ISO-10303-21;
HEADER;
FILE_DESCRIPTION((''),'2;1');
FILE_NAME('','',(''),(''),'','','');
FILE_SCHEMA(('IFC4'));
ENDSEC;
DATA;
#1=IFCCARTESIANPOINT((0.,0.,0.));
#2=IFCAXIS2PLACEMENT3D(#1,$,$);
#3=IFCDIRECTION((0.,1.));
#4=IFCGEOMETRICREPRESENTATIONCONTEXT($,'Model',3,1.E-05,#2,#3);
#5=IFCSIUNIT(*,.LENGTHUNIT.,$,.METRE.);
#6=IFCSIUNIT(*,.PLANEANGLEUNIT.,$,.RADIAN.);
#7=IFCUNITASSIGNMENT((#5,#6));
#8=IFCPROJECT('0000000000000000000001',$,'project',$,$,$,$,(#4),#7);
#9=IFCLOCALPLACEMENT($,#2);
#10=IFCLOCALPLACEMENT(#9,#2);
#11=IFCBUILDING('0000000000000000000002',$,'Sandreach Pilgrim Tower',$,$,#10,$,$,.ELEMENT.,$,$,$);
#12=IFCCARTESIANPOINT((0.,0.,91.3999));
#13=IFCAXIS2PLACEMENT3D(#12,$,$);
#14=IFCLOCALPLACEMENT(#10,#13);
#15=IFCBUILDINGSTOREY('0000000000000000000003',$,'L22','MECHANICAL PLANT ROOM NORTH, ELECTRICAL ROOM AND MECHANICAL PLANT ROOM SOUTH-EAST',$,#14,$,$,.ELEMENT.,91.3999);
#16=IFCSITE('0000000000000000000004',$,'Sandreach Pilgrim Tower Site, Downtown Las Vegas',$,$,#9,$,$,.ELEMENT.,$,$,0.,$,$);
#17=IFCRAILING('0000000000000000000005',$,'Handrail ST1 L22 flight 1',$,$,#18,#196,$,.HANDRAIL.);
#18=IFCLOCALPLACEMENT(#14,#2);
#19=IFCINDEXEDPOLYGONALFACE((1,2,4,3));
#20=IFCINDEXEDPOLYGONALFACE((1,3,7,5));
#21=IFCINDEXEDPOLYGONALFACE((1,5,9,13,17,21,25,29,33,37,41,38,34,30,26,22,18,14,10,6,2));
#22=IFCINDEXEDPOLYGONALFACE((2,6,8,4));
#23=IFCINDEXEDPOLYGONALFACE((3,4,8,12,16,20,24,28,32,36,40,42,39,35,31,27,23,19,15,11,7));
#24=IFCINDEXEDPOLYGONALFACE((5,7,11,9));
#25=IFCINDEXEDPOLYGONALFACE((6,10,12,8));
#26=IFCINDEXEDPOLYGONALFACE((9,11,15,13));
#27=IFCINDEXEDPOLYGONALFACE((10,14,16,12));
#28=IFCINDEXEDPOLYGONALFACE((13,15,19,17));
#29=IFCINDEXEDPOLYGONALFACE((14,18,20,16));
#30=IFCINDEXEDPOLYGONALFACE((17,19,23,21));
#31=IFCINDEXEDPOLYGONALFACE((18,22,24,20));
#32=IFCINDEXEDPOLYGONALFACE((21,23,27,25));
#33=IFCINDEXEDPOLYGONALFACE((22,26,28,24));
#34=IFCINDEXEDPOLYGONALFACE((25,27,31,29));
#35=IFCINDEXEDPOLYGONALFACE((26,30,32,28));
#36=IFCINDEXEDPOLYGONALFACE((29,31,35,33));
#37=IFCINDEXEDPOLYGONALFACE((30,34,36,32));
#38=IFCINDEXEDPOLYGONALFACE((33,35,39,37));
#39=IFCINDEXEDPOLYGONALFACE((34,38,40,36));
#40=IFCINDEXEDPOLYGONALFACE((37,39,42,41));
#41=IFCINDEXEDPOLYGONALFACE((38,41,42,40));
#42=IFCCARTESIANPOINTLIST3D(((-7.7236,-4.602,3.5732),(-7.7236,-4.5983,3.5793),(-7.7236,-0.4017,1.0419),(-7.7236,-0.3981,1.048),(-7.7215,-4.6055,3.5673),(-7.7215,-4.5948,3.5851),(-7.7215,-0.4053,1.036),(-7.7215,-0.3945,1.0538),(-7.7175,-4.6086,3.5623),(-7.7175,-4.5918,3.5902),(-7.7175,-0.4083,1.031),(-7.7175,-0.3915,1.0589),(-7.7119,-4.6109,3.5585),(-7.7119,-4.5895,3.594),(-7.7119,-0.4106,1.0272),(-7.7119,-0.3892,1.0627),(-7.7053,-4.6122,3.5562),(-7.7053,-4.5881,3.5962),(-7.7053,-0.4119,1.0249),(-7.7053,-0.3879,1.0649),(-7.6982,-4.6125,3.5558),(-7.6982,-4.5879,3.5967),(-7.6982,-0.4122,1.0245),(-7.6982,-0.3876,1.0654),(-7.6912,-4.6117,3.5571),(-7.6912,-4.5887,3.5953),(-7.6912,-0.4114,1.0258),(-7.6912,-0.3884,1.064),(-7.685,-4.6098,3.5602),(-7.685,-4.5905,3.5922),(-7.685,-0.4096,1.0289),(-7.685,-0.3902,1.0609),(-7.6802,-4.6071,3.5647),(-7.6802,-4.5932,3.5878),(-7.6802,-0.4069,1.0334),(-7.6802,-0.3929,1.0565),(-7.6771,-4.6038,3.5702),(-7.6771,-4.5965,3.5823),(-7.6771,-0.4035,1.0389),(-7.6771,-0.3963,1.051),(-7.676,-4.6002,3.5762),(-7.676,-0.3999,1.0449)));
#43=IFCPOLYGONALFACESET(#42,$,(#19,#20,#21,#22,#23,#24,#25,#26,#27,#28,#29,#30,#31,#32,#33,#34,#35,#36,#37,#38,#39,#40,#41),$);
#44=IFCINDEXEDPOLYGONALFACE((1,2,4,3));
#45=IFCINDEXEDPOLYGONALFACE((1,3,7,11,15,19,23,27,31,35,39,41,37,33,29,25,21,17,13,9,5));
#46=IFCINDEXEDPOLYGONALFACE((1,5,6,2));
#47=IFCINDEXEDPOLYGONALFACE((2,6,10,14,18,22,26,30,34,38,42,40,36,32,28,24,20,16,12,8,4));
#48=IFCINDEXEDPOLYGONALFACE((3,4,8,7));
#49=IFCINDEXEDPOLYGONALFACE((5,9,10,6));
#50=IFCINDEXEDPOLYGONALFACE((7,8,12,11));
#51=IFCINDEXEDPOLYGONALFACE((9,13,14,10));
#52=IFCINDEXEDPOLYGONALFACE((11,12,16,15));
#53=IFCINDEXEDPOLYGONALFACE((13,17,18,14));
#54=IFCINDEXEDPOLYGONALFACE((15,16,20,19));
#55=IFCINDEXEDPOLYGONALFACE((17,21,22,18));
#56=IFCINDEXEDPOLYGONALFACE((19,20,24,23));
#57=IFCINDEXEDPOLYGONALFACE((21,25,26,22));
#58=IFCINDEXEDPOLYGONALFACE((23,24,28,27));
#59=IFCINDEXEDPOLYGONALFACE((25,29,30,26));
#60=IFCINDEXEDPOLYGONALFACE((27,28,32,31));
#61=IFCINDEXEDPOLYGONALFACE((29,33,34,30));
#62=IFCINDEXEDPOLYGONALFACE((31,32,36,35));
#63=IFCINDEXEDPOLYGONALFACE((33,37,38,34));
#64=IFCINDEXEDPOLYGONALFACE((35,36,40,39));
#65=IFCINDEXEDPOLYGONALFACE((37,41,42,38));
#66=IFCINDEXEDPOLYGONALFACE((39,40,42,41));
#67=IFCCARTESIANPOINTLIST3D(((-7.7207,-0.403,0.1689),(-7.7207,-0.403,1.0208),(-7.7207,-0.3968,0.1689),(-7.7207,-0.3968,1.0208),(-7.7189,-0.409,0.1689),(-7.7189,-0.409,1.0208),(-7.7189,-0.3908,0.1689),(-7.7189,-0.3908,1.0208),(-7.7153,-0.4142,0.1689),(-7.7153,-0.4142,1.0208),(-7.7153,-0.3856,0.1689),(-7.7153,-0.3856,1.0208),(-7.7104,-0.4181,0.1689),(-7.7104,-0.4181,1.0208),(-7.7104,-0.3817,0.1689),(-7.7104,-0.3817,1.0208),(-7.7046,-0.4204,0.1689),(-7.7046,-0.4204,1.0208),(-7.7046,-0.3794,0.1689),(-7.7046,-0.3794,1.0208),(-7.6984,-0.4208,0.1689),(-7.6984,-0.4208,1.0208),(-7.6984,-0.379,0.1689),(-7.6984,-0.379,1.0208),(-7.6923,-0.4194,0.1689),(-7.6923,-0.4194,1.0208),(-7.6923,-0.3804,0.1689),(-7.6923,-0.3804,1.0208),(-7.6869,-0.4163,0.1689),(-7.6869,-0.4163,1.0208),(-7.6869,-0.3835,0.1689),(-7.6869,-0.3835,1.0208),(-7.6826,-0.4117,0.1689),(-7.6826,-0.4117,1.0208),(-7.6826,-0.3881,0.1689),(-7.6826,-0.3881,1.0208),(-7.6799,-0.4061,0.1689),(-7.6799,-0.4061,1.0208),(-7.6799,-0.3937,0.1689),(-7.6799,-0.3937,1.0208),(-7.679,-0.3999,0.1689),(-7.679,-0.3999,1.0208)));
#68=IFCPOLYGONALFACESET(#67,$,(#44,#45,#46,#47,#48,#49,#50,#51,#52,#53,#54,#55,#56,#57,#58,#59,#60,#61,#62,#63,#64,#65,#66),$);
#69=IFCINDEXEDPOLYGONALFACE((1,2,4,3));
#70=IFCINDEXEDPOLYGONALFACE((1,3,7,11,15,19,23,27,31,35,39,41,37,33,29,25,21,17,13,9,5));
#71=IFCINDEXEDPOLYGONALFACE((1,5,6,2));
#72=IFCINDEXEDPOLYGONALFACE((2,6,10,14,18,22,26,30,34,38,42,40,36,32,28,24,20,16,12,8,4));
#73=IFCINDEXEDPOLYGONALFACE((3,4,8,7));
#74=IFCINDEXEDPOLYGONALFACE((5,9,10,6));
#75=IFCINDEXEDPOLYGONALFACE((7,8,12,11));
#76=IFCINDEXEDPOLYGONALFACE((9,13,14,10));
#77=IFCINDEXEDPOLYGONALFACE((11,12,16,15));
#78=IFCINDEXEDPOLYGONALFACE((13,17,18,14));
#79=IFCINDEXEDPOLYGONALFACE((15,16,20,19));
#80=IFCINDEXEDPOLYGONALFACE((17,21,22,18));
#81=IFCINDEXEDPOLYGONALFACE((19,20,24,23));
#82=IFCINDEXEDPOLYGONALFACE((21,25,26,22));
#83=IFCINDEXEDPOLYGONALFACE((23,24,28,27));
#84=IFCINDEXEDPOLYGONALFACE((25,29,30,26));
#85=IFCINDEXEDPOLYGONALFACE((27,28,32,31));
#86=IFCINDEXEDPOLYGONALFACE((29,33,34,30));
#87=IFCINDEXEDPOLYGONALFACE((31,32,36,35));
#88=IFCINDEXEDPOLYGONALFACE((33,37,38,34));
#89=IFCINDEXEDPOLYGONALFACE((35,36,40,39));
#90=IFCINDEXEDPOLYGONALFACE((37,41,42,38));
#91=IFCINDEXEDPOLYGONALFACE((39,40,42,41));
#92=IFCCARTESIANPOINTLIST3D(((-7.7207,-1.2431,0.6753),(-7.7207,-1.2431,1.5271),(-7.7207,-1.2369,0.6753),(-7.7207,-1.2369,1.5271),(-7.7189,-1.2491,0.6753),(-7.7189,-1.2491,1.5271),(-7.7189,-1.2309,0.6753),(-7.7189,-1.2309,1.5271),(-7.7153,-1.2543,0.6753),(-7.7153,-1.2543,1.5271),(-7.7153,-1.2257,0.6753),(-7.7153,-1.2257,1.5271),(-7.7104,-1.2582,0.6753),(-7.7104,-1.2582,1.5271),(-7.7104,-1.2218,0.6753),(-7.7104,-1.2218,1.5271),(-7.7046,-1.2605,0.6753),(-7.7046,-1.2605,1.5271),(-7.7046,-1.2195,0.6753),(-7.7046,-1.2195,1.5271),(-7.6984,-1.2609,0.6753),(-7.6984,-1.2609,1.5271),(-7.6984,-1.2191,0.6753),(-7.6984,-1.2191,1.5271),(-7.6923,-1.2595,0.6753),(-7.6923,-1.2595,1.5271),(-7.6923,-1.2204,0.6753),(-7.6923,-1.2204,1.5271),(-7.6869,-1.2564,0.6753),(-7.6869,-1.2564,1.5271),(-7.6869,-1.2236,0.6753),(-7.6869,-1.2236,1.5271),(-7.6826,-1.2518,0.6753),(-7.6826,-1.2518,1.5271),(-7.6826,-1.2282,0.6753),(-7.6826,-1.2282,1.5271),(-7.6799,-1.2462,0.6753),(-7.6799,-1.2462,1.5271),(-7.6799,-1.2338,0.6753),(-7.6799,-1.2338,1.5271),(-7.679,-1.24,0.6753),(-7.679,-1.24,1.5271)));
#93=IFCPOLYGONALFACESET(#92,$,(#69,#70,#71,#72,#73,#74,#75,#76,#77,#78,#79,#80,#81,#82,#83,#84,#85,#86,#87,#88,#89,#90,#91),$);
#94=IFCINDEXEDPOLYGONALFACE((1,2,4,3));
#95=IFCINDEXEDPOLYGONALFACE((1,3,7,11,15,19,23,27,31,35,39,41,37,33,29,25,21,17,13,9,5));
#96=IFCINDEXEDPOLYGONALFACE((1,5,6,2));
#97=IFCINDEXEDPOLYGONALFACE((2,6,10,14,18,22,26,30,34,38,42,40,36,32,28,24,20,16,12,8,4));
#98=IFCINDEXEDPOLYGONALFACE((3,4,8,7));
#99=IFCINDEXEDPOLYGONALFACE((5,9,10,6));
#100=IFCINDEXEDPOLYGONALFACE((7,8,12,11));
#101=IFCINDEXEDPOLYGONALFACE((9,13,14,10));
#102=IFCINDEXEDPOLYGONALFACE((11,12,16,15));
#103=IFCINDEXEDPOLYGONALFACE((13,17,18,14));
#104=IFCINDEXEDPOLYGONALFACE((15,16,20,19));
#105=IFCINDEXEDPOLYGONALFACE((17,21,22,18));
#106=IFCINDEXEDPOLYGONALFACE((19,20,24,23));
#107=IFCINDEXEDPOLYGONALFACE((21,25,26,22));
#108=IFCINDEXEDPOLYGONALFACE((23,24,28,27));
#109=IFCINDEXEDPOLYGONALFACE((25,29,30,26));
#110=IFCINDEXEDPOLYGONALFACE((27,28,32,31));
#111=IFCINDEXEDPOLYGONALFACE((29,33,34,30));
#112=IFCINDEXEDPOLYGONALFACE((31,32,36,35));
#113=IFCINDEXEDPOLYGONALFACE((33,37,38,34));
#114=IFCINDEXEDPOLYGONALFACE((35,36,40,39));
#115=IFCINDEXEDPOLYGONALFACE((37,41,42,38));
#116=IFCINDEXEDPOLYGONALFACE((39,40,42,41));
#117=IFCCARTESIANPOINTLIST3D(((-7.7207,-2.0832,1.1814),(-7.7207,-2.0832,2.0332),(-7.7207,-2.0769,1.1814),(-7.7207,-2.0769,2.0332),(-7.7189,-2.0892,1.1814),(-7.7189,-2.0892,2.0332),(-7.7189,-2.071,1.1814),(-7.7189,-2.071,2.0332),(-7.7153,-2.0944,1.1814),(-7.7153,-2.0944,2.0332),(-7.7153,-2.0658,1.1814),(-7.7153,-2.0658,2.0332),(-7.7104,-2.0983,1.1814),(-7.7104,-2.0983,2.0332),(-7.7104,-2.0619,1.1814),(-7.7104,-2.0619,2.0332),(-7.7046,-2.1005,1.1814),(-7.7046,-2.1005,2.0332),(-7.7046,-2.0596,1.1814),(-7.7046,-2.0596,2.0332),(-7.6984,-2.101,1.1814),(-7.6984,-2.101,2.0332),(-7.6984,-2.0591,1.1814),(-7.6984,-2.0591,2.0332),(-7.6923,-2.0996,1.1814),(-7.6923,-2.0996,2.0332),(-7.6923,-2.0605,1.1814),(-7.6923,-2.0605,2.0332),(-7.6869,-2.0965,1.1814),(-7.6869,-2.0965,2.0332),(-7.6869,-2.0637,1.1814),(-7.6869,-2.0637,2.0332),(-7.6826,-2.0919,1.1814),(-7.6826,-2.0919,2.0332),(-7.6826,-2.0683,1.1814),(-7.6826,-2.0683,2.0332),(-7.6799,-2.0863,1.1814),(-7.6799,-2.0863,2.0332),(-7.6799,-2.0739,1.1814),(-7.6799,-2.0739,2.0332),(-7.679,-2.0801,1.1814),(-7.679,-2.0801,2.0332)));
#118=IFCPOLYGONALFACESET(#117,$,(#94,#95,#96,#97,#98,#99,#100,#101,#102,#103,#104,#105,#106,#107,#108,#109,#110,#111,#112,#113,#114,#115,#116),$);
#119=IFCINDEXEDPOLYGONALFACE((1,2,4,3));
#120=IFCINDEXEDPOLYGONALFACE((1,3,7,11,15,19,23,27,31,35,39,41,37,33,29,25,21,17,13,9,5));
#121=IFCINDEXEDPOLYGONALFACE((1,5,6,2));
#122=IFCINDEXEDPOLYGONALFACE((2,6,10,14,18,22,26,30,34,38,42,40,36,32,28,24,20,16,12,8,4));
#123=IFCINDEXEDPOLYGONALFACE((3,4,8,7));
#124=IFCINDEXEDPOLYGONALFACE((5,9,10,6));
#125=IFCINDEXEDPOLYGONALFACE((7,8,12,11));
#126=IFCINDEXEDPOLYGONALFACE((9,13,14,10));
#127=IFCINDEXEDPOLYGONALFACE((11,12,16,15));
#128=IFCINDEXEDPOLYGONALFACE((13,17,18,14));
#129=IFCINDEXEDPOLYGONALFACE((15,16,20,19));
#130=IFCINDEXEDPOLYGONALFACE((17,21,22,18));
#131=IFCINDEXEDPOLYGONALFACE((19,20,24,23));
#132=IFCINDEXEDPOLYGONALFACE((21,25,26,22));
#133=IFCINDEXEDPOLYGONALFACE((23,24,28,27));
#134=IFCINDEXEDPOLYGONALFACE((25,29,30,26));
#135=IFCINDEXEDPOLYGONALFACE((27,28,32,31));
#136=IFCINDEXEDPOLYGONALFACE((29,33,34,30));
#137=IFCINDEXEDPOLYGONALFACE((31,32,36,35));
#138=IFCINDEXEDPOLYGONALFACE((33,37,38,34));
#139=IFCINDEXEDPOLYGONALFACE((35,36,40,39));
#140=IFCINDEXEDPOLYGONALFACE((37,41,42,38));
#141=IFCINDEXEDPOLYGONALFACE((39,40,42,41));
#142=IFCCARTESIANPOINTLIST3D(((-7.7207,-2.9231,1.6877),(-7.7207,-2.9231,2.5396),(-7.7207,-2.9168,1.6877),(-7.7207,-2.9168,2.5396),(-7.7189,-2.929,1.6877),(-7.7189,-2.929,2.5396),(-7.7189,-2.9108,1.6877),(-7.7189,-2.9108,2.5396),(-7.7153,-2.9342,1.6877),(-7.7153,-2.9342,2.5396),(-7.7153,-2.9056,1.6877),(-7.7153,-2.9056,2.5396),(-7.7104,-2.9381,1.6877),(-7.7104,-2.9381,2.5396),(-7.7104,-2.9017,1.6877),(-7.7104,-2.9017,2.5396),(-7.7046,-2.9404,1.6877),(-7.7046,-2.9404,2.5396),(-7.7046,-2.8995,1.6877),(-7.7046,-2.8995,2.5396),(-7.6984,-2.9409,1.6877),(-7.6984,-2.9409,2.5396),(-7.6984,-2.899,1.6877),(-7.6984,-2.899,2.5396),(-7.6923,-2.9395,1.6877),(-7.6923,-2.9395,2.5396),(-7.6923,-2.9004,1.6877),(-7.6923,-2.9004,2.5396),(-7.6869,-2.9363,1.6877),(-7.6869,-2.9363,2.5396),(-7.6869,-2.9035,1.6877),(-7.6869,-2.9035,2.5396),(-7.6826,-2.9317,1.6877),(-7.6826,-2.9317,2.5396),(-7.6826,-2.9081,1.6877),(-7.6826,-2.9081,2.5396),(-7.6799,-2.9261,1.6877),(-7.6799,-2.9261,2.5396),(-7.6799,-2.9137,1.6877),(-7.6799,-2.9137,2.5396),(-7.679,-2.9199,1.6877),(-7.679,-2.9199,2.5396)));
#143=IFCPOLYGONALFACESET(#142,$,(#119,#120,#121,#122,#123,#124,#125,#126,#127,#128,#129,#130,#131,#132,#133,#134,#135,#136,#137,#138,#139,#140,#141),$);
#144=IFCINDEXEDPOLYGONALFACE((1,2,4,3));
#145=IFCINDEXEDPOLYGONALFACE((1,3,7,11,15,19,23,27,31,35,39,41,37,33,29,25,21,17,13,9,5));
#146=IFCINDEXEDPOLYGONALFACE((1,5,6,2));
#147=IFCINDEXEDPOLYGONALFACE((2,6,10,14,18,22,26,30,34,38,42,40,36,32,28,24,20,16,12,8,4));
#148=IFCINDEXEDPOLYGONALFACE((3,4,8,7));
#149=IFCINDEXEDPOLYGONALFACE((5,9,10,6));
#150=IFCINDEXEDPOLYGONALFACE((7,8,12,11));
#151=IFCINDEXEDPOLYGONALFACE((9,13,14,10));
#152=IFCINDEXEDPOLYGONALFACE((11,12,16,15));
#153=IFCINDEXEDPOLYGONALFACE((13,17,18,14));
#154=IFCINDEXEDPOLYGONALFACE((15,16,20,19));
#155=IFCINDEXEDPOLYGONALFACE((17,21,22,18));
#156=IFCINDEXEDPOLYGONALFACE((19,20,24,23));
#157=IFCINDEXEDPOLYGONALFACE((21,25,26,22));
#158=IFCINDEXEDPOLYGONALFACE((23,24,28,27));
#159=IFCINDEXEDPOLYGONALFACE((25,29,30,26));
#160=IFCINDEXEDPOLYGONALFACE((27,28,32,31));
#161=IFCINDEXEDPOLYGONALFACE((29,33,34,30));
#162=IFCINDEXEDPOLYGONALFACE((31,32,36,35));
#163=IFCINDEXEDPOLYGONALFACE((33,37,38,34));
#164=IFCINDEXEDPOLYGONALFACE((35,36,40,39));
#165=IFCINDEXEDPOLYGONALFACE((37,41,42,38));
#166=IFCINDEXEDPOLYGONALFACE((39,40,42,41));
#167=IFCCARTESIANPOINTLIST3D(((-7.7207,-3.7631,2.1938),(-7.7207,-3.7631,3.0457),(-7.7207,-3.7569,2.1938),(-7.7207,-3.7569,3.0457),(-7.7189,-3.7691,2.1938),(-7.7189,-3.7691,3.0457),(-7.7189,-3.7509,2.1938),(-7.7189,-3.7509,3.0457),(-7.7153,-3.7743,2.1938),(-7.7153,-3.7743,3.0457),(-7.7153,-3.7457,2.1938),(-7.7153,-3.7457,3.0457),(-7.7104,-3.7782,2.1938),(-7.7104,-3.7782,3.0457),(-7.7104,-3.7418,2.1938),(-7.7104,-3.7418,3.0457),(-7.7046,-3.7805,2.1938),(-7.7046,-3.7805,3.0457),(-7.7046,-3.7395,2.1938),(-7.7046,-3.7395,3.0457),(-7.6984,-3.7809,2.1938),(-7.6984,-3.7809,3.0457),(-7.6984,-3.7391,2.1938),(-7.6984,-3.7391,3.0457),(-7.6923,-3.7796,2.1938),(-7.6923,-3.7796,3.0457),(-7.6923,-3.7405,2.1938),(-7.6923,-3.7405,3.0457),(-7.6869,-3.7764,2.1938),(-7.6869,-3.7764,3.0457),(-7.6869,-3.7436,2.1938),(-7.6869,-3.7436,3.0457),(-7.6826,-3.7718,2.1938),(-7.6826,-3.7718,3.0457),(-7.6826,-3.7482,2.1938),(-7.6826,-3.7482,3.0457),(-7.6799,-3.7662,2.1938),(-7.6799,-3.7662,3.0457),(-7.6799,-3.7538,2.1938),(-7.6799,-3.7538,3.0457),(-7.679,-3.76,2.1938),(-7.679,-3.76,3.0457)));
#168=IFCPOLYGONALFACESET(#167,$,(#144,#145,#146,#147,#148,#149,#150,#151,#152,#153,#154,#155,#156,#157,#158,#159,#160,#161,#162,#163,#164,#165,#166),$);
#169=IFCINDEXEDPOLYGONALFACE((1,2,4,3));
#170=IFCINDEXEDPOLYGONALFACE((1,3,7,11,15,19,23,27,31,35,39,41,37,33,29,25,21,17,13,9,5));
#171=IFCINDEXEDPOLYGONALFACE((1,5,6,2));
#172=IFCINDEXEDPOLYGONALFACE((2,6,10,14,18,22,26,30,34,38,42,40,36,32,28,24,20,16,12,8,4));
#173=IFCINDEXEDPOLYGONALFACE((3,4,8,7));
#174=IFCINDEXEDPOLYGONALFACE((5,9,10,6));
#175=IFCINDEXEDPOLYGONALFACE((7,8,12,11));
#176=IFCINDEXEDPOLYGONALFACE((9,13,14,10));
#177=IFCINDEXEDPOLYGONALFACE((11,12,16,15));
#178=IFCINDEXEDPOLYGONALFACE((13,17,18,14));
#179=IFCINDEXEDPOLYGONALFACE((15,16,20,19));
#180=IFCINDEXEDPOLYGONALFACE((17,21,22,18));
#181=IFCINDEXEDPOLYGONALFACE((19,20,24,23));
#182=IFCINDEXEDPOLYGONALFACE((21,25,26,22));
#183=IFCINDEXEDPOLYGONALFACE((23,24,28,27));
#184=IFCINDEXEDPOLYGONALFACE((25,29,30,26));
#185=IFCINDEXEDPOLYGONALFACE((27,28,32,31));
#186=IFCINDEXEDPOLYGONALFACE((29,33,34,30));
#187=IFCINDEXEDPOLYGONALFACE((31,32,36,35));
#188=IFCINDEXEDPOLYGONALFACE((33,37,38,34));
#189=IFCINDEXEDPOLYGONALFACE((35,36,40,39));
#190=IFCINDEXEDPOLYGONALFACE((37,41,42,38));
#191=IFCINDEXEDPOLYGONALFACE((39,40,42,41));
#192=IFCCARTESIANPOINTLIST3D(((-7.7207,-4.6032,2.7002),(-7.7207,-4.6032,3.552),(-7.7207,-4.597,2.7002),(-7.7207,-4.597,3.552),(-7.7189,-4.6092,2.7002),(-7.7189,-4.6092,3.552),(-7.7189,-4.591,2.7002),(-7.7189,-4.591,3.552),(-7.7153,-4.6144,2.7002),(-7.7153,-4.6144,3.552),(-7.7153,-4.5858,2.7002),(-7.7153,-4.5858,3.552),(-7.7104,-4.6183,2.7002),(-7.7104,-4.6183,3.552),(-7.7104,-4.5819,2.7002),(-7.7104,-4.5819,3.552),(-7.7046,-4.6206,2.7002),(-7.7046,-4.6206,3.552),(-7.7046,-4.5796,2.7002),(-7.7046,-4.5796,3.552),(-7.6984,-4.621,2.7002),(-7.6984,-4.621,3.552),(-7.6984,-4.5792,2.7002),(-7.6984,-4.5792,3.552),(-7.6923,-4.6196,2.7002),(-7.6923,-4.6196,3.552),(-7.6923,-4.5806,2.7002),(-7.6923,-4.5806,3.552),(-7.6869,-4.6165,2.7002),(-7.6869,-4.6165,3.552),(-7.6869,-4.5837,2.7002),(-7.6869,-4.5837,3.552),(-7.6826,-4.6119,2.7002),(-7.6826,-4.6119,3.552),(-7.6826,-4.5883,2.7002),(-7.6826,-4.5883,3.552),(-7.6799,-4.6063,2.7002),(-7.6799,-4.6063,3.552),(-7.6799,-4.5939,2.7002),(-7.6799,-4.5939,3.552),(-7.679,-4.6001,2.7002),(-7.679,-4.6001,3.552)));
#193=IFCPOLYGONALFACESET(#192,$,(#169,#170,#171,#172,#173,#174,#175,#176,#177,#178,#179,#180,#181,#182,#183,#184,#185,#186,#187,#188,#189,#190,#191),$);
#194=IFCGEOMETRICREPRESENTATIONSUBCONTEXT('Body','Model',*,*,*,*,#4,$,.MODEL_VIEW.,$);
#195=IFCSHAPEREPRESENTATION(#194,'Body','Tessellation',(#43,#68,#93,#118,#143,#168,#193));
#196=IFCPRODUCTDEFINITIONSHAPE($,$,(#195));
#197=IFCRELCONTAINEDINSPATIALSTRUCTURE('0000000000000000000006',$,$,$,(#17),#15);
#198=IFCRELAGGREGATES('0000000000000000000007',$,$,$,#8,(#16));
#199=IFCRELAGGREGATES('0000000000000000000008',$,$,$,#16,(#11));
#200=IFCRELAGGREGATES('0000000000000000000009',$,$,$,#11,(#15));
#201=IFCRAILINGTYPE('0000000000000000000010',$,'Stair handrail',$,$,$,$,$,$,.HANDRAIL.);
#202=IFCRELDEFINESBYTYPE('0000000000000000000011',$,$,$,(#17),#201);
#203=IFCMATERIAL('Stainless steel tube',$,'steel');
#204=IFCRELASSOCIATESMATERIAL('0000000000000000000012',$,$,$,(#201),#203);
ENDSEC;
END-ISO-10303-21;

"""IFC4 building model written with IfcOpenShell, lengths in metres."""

from ifc_helpers import new_model, si_unit, direction, frame, origin, origin_2d, place, context, subcontext, project, spatial, circle, extrude, material, type_object, element, save


model = new_model("IFC4")

# Units and contexts
model_context = context("Model", 3, precision=1e-05, world=origin(), true_north=direction((0.0, 1.0)))
body_context = subcontext(model_context, "Body", "Model", "MODEL_VIEW")
ifc_project = project(units=[si_unit("LENGTHUNIT", "METRE"), si_unit("PLANEANGLEUNIT", "RADIAN")], contexts=[model_context])

# Site, building, storey
site_placement = place(None, origin())
site = spatial("IfcSite", under=ifc_project, at=site_placement, Name="Sandreach Pilgrim Tower Site, Downtown Las Vegas", CompositionType="ELEMENT", RefElevation=0.0)
building_placement = place(site_placement, origin())
building = spatial("IfcBuilding", under=site, at=building_placement, Name="Sandreach Pilgrim Tower", CompositionType="ELEMENT")
storey_placement = place(building_placement, frame((0.0, 0.0, 91.3999)))
storey = spatial("IfcBuildingStorey", under=building, at=storey_placement, Name="L22", Description="MECHANICAL PLANT ROOM NORTH, ELECTRICAL ROOM AND MECHANICAL PLANT ROOM SOUTH-EAST", CompositionType="ELEMENT", Elevation=91.3999)

# Railing
ifc_material_1 = material(Name="Stainless steel tube", Category="steel")
railing_type = type_object("IfcRailingType", Name="Stair handrail", PredefinedType="HANDRAIL", material=ifc_material_1)
for number, where, name in (
    (1, (-7.7, -0.3999, 0.1689), "Handrail ST1 L22 flight 1"),
):
    element("IfcRailing", number, at=place(storey_placement, frame(where)), inside=storey, type_object=railing_type, Name=name, PredefinedType="HANDRAIL", context=body_context, shape_type="SweptSolid", body=[
        extrude(circle(Radius=0.0239, at=origin_2d()), frame((0.0, 0.0, 0.876), z_axis=(0.0, -0.85649, 0.516164), x_axis=(1.0, 0.0, 0.0)), (0.0, 0.0, 1.0), 4.9041),
        extrude(circle(Radius=0.021, at=origin_2d()), origin(), (0.0, 0.0, 1.0), 0.8518),
        extrude(circle(Radius=0.021, at=origin_2d()), frame((0.0, -0.8401, 0.5063)), (0.0, 0.0, 1.0), 0.8518),
        extrude(circle(Radius=0.021, at=origin_2d()), frame((0.0, -1.6802, 1.0125)), (0.0, 0.0, 1.0), 0.8518),
        extrude(circle(Radius=0.021, at=origin_2d()), frame((0.0, -2.52, 1.5188)), (0.0, 0.0, 1.0), 0.8518),
        extrude(circle(Radius=0.021, at=origin_2d()), frame((0.0, -3.3601, 2.0249)), (0.0, 0.0, 1.0), 0.8518),
        extrude(circle(Radius=0.021, at=origin_2d()), frame((0.0, -4.2002, 2.5312)), (0.0, 0.0, 1.0), 0.8518),
    ])

save(model, "model.ifc")
